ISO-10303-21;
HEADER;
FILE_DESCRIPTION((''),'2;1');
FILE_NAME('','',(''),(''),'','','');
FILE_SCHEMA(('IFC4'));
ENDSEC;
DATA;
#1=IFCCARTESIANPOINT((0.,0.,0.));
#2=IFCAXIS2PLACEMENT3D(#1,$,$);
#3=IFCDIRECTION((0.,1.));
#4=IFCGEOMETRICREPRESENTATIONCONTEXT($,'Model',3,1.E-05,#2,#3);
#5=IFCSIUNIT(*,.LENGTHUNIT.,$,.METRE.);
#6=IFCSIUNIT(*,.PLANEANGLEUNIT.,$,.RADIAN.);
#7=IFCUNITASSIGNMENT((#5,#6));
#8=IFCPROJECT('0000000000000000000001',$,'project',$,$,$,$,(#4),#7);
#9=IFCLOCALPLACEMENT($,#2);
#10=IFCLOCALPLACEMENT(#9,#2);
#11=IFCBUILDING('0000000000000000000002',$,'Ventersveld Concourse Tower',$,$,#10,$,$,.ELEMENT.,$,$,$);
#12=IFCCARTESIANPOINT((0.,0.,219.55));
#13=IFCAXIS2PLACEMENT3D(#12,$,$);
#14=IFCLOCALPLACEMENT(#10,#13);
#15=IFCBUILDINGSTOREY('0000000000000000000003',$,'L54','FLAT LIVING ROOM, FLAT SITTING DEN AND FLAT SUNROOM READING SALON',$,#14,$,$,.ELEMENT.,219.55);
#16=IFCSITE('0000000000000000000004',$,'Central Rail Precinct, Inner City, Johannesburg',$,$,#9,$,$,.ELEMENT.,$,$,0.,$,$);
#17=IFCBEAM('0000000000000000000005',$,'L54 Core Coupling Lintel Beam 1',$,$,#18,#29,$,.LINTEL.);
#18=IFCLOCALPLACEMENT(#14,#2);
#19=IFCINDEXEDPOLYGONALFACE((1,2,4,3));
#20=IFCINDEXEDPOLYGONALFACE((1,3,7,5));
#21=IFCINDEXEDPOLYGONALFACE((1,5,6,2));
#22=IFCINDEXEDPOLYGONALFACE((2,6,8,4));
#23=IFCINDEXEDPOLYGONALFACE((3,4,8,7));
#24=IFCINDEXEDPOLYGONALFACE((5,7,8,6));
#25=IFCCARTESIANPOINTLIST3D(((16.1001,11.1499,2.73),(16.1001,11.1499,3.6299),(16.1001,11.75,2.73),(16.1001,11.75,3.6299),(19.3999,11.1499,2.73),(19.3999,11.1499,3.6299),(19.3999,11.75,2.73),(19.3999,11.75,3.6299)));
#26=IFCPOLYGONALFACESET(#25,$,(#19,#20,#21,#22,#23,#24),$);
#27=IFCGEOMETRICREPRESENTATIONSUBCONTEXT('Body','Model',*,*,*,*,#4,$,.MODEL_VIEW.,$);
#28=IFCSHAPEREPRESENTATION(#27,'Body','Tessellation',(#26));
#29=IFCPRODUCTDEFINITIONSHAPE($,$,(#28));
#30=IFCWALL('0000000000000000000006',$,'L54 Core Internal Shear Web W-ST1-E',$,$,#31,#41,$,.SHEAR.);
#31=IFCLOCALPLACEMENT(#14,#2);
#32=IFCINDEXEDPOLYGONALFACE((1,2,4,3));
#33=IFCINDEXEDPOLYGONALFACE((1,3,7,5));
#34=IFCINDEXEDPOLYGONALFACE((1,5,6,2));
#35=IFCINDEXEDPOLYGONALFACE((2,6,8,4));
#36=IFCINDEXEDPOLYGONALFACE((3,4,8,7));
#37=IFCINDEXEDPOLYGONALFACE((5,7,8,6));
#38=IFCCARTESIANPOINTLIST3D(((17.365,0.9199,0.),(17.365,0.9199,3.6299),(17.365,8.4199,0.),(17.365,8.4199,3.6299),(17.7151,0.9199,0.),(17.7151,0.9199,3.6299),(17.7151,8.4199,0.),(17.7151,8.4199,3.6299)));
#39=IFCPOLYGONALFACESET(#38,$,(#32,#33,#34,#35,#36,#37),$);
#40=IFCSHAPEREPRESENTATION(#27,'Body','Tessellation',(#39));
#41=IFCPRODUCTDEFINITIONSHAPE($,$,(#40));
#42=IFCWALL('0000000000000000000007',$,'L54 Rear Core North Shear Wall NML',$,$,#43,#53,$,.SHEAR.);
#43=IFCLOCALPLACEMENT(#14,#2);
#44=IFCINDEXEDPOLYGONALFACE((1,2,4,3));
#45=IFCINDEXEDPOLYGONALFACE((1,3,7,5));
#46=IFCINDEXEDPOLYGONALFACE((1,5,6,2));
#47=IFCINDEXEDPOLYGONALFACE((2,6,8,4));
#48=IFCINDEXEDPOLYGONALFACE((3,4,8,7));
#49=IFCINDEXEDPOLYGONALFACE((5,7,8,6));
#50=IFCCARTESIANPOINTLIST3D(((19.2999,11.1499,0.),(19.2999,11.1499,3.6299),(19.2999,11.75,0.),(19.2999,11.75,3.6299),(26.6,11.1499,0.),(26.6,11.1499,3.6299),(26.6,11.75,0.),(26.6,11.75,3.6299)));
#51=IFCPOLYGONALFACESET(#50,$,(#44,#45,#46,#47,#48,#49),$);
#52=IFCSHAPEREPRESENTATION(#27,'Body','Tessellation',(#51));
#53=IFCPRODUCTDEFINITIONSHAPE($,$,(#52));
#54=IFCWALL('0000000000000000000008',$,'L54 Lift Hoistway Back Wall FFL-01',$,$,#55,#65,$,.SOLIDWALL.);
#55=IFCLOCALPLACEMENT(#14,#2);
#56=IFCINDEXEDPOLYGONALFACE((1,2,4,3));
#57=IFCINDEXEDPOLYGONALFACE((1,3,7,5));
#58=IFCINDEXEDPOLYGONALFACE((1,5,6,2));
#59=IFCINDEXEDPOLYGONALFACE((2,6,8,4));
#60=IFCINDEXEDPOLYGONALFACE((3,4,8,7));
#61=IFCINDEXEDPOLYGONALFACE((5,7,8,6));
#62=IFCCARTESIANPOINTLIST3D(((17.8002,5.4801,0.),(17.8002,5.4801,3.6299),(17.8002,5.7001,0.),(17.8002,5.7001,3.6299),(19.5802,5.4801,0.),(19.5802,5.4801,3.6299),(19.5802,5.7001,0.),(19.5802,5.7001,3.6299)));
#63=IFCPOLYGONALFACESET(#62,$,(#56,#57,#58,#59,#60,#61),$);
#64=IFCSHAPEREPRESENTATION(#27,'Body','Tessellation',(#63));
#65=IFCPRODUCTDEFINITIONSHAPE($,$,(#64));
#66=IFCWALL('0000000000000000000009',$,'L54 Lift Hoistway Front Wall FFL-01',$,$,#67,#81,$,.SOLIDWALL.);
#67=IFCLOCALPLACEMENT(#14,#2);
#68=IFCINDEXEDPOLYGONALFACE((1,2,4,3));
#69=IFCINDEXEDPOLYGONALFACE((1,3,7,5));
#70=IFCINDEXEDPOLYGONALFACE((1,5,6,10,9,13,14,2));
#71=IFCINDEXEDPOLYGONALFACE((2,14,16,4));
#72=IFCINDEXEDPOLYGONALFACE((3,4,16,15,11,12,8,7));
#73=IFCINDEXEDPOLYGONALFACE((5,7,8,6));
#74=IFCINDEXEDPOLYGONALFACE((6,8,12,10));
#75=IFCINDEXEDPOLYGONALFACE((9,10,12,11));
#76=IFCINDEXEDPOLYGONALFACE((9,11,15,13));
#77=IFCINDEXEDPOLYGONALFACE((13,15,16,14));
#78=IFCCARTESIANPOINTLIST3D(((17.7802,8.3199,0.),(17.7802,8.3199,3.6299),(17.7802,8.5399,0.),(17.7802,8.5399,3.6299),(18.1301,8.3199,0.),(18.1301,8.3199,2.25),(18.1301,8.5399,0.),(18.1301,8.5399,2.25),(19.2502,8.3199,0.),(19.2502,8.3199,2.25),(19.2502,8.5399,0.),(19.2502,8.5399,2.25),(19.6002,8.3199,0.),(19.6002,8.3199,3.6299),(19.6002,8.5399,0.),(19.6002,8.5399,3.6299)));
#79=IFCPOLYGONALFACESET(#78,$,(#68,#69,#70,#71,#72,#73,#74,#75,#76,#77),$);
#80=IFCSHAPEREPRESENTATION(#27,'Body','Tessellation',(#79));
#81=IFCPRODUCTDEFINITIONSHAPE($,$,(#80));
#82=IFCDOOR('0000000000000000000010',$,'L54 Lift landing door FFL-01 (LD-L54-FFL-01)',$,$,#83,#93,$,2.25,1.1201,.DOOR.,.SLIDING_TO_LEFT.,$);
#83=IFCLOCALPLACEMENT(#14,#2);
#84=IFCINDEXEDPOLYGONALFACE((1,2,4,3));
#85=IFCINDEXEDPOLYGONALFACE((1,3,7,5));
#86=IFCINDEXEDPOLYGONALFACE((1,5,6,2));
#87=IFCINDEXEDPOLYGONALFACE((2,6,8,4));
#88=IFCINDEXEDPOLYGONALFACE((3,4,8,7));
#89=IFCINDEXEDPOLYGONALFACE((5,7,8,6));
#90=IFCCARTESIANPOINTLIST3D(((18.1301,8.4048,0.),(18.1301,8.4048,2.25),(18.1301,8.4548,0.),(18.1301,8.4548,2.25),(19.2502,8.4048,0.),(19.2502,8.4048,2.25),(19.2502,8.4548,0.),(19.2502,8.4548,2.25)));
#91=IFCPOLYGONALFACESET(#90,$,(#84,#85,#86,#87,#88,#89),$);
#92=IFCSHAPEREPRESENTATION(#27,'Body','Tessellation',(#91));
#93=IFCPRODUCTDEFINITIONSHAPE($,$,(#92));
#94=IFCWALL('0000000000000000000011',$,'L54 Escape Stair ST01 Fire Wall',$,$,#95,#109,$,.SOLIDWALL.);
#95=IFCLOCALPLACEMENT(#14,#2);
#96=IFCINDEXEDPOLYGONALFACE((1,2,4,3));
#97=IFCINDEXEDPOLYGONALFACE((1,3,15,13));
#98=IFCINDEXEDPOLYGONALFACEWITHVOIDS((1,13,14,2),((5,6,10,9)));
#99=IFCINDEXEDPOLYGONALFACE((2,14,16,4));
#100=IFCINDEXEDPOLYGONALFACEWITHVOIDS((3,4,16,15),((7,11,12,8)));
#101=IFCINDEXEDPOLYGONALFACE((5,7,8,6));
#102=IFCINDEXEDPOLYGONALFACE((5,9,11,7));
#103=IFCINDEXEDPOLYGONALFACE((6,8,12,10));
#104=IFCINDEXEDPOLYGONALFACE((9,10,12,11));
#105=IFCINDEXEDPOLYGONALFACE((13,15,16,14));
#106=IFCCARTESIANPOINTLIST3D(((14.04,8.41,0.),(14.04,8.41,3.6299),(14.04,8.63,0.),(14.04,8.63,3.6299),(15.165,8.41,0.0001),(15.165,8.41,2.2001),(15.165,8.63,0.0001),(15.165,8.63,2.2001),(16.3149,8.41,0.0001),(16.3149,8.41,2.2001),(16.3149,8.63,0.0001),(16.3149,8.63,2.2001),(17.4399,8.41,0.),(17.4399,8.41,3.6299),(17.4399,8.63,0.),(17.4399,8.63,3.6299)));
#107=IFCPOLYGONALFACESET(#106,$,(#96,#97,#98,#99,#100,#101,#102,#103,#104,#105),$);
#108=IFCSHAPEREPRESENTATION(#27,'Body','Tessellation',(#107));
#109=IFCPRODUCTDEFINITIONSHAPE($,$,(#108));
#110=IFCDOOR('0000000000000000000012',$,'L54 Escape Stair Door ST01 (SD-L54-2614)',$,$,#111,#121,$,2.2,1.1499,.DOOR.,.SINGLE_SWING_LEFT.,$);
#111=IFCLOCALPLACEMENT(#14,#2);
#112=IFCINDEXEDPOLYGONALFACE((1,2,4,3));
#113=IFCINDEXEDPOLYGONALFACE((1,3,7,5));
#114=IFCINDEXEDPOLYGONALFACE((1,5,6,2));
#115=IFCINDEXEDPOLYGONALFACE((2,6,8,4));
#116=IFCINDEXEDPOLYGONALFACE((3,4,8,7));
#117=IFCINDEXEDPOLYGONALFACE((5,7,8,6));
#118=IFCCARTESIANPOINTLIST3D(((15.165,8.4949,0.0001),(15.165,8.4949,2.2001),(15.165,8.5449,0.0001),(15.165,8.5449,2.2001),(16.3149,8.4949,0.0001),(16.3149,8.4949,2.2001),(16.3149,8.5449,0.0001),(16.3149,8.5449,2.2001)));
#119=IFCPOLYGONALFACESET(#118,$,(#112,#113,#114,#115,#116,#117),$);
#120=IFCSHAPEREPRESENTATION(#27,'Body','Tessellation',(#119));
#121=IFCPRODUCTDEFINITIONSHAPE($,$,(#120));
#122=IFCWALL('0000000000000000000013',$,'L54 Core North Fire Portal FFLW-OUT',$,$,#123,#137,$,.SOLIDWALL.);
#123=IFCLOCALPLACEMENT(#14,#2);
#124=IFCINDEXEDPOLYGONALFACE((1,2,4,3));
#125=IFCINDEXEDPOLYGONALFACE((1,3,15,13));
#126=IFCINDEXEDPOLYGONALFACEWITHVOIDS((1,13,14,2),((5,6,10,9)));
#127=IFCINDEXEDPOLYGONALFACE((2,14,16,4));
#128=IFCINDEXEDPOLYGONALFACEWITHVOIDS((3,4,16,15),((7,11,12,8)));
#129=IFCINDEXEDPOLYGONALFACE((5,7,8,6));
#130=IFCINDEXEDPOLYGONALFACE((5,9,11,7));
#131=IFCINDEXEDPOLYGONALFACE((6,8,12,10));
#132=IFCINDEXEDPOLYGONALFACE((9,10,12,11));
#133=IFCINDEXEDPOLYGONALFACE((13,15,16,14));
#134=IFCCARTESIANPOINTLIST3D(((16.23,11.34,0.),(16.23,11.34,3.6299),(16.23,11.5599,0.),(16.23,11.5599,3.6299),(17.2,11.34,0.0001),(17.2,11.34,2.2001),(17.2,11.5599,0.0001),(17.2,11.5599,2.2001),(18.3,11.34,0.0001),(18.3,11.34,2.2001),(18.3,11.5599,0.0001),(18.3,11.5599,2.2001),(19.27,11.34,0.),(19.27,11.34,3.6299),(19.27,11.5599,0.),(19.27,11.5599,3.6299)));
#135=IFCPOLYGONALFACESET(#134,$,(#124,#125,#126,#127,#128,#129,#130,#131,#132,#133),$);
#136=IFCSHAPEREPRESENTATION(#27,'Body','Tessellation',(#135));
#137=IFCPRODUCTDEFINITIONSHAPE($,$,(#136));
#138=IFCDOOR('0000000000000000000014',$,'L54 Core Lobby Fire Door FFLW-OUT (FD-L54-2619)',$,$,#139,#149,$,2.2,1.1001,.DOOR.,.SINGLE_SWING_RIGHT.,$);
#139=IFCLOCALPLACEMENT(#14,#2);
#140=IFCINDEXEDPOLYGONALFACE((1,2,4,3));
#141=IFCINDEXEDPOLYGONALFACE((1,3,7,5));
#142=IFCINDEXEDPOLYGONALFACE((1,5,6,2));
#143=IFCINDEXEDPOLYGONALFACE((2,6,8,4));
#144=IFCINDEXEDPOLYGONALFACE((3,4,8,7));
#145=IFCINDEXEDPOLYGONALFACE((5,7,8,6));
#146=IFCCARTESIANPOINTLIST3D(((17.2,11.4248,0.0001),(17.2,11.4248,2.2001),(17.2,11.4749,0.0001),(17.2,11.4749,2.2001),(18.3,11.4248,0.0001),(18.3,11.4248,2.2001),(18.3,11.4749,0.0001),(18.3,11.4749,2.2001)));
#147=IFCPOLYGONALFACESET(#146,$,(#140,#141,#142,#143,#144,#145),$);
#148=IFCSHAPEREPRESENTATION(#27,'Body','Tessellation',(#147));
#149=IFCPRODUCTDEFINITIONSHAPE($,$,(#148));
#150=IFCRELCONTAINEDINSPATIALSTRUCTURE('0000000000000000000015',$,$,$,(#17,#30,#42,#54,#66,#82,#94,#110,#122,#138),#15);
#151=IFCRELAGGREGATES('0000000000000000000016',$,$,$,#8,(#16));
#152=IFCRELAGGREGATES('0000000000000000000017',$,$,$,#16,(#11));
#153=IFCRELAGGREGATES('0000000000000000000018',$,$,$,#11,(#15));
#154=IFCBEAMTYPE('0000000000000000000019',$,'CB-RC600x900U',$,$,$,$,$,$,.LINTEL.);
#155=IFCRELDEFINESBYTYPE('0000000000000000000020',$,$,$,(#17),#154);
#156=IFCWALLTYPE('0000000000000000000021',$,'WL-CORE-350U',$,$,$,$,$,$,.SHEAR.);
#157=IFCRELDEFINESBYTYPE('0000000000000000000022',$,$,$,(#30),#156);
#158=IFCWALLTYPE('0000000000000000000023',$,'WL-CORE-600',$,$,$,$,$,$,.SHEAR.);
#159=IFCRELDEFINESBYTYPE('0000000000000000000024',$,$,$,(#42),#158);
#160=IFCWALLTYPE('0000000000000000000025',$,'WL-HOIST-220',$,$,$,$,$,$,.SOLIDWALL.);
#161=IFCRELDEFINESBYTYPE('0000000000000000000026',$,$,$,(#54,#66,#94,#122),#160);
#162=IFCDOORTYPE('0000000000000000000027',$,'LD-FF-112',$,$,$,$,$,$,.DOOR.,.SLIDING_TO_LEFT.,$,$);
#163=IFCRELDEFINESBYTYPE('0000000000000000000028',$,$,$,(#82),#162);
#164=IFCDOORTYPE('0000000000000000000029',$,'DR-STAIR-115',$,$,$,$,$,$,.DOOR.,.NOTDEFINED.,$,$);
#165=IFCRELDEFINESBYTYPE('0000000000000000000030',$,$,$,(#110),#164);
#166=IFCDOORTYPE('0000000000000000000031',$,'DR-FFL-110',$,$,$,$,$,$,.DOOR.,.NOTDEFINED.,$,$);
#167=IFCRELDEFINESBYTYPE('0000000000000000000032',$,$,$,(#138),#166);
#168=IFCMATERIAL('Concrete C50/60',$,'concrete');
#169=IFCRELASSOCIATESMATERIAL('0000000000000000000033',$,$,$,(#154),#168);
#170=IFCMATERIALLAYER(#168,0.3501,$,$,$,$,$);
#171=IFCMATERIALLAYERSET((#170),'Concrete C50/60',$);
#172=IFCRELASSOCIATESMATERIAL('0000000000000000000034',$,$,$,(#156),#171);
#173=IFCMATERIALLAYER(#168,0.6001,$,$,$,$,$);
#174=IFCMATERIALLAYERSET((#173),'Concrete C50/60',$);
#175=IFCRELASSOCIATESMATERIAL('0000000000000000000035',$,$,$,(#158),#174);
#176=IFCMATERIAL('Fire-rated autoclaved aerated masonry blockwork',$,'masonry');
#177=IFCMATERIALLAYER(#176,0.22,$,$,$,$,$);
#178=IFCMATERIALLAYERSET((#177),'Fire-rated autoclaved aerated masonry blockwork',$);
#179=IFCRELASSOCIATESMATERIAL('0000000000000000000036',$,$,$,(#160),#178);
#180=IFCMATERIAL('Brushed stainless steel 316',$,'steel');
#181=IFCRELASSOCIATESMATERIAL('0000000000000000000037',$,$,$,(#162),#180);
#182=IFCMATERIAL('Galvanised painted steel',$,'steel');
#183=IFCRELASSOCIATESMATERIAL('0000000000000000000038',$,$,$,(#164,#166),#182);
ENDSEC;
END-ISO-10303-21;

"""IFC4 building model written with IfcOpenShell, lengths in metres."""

from ifc_helpers import new_model, si_unit, direction, frame, frame_2d, origin, origin_2d, place, context, subcontext, project, spatial, rectangle, extrude, material, layer, layer_set, material_profile, profile_set, type_object, element, fill, save


model = new_model("IFC4")

# Units and contexts
model_context = context("Model", 3, precision=1e-05, world=origin(), true_north=direction((0.0, 1.0)))
body_context = subcontext(model_context, "Body", "Model", "MODEL_VIEW")
ifc_project = project(units=[si_unit("LENGTHUNIT", "METRE"), si_unit("PLANEANGLEUNIT", "RADIAN")], contexts=[model_context])

# Site, building, storey
site_placement = place(None, origin())
site = spatial("IfcSite", under=ifc_project, at=site_placement, Name="Central Rail Precinct, Inner City, Johannesburg", CompositionType="ELEMENT", RefElevation=0.0)
building_placement = place(site_placement, origin())
building = spatial("IfcBuilding", under=site, at=building_placement, Name="Ventersveld Concourse Tower", CompositionType="ELEMENT")
storey_placement = place(building_placement, frame((0.0, 0.0, 219.55)))
storey = spatial("IfcBuildingStorey", under=building, at=storey_placement, Name="L54", Description="FLAT LIVING ROOM, FLAT SITTING DEN AND FLAT SUNROOM READING SALON", CompositionType="ELEMENT", Elevation=219.55)

# Beam
ifc_material_1 = material(Name="Concrete C50/60", Category="concrete")
ifc_material_profile = material_profile(ifc_material_1, rectangle(XDim=0.6001, YDim=0.8999, at=origin_2d()), Name="RC 600x900")
ifc_profile_set = profile_set([ifc_material_profile], Name="Concrete C50/60")
beam_type = type_object("IfcBeamType", Name="CB-RC600x900U", PredefinedType="LINTEL", material=ifc_profile_set)
beam_placement = place(storey_placement, frame((16.1001, 11.45, 3.1799), z_axis=(1.0, 0.0, 0.0), x_axis=(0.0, 1.0, 0.0)))
element("IfcBeam", 1, at=beam_placement, inside=storey, type_object=beam_type, Name="L54 Core Coupling Lintel Beam 1", PredefinedType="LINTEL", context=body_context, shape_type="SweptSolid", body=[
    extrude(rectangle(XDim=0.6001, YDim=0.8999, at=origin_2d()), origin(), (0.0, 0.0, 1.0), 3.2998),
])

# Walls
ifc_layer_1 = layer(ifc_material_1, 0.3501)
ifc_layer_set_1 = layer_set([ifc_layer_1], Name="Concrete C50/60")
wall_type_1 = type_object("IfcWallType", Name="WL-CORE-350U", PredefinedType="SHEAR", material=ifc_layer_set_1)
wall_1_placement = place(storey_placement, frame((17.54, 0.9199, 0.0), z_axis=(0.0, 0.0, 1.0), x_axis=(0.0, 1.0, 0.0)))
element("IfcWall", 2, at=wall_1_placement, inside=storey, type_object=wall_type_1, Name="L54 Core Internal Shear Web W-ST1-E", PredefinedType="SHEAR", context=body_context, shape_type="SweptSolid", body=[
    extrude(rectangle(XDim=7.5, YDim=0.3501, at=frame_2d((3.75, 0.0))), origin(), (0.0, 0.0, 1.0), 3.6299),
])
ifc_layer_2 = layer(ifc_material_1, 0.6001)
ifc_layer_set_2 = layer_set([ifc_layer_2], Name="Concrete C50/60")
wall_type_2 = type_object("IfcWallType", Name="WL-CORE-600", PredefinedType="SHEAR", material=ifc_layer_set_2)
wall_2_placement = place(storey_placement, frame((19.3, 11.45, 0.0), z_axis=(0.0, 0.0, 1.0), x_axis=(1.0, 0.0, 0.0)))
element("IfcWall", 3, at=wall_2_placement, inside=storey, type_object=wall_type_2, Name="L54 Rear Core North Shear Wall NML", PredefinedType="SHEAR", context=body_context, shape_type="SweptSolid", body=[
    extrude(rectangle(XDim=7.3, YDim=0.6001, at=frame_2d((3.6499, 0.0))), origin(), (0.0, 0.0, 1.0), 3.6299),
])
ifc_material_2 = material(Name="Fire-rated autoclaved aerated masonry blockwork", Category="masonry")
ifc_layer_3 = layer(ifc_material_2, 0.22)
ifc_layer_set_3 = layer_set([ifc_layer_3], Name="Fire-rated autoclaved aerated masonry blockwork")
wall_type_3 = type_object("IfcWallType", Name="WL-HOIST-220", PredefinedType="SOLIDWALL", material=ifc_layer_set_3)
wall_3_placement = place(storey_placement, frame((17.8, 5.5901, 0.0), z_axis=(0.0, 0.0, 1.0), x_axis=(1.0, 0.0, 0.0)))
element("IfcWall", 4, at=wall_3_placement, inside=storey, type_object=wall_type_3, Name="L54 Lift Hoistway Back Wall FFL-01", PredefinedType="SOLIDWALL", context=body_context, shape_type="SweptSolid", body=[
    extrude(rectangle(XDim=1.78, YDim=0.22, at=frame_2d((0.8901, 0.0))), origin(), (0.0, 0.0, 1.0), 3.6299),
])

# Walls, openings, doors
wall_4_placement = place(storey_placement, frame((17.78, 8.4299, 0.0), z_axis=(0.0, 0.0, 1.0), x_axis=(1.0, 0.0, 0.0)))
wall_4 = element("IfcWall", 5, at=wall_4_placement, inside=storey, type_object=wall_type_3, Name="L54 Lift Hoistway Front Wall FFL-01", PredefinedType="SOLIDWALL", context=body_context, shape_type="SweptSolid", body=[
    extrude(rectangle(XDim=1.8201, YDim=0.22, at=frame_2d((0.9102, 0.0))), origin(), (0.0, 0.0, 1.0), 3.6299),
])
opening_1_placement = place(wall_4_placement, frame((0.3501, 0.0, 0.0)))
opening_1 = element("IfcOpeningElement", 6, at=opening_1_placement, cuts=wall_4, PredefinedType="OPENING", context=body_context, shape_type="SweptSolid", body=[
    extrude(rectangle(XDim=1.1201, YDim=2.25, at=frame_2d((0.5601, 1.125))), frame((0.0, 0.1201, 0.0), z_axis=(0.0, -1.0, 0.0), x_axis=(1.0, 0.0, 0.0)), (0.0, 0.0, 1.0), 0.24),
])
ifc_material_3 = material(Name="Brushed stainless steel 316", Category="steel")
door_type_1 = type_object("IfcDoorType", Name="LD-FF-112", OperationType="SLIDING_TO_LEFT", PredefinedType="DOOR", material=ifc_material_3)
door_1_placement = place(opening_1_placement, origin())
door_1 = element("IfcDoor", 7, at=door_1_placement, inside=storey, type_object=door_type_1, Name="L54 Lift landing door FFL-01 (LD-L54-FFL-01)", OperationType="SLIDING_TO_LEFT", OverallHeight=2.25, OverallWidth=1.1201, PredefinedType="DOOR", context=body_context, shape_type="SweptSolid", body=[
    extrude(rectangle(XDim=1.1201, YDim=2.25, at=frame_2d((0.5601, 1.125))), frame((0.0, 0.0249, 0.0), z_axis=(0.0, -1.0, 0.0), x_axis=(1.0, 0.0, 0.0)), (0.0, 0.0, 1.0), 0.05),
])
fill(opening_1, door_1)
wall_5_placement = place(storey_placement, frame((14.04, 8.52, 0.0), z_axis=(0.0, 0.0, 1.0), x_axis=(1.0, 0.0, 0.0)))
wall_5 = element("IfcWall", 8, at=wall_5_placement, inside=storey, type_object=wall_type_3, Name="L54 Escape Stair ST01 Fire Wall", PredefinedType="SOLIDWALL", context=body_context, shape_type="SweptSolid", body=[
    extrude(rectangle(XDim=3.3999, YDim=0.22, at=frame_2d((1.7, 0.0))), origin(), (0.0, 0.0, 1.0), 3.6299),
])
opening_2_placement = place(wall_5_placement, frame((1.125, 0.0, 0.0)))
opening_2 = element("IfcOpeningElement", 9, at=opening_2_placement, cuts=wall_5, PredefinedType="OPENING", context=body_context, shape_type="SweptSolid", body=[
    extrude(rectangle(XDim=1.1499, YDim=2.2, at=frame_2d((0.575, 1.1001))), frame((0.0, 0.1201, 0.0), z_axis=(0.0, -1.0, 0.0), x_axis=(1.0, 0.0, 0.0)), (0.0, 0.0, 1.0), 0.24),
])
ifc_material_4 = material(Name="Galvanised painted steel", Category="steel")
door_type_2 = type_object("IfcDoorType", Name="DR-STAIR-115", OperationType="NOTDEFINED", PredefinedType="DOOR", material=ifc_material_4)
door_2_placement = place(opening_2_placement, origin())
door_2 = element("IfcDoor", 10, at=door_2_placement, inside=storey, type_object=door_type_2, Name="L54 Escape Stair Door ST01 (SD-L54-2614)", OperationType="SINGLE_SWING_LEFT", OverallHeight=2.2, OverallWidth=1.1499, PredefinedType="DOOR", context=body_context, shape_type="SweptSolid", body=[
    extrude(rectangle(XDim=1.1499, YDim=2.2, at=frame_2d((0.575, 1.1001))), frame((0.0, 0.0249, 0.0), z_axis=(0.0, -1.0, 0.0), x_axis=(1.0, 0.0, 0.0)), (0.0, 0.0, 1.0), 0.05),
])
fill(opening_2, door_2)
wall_6_placement = place(storey_placement, frame((16.23, 11.45, 0.0), z_axis=(0.0, 0.0, 1.0), x_axis=(1.0, 0.0, 0.0)))
wall_6 = element("IfcWall", 11, at=wall_6_placement, inside=storey, type_object=wall_type_3, Name="L54 Core North Fire Portal FFLW-OUT", PredefinedType="SOLIDWALL", context=body_context, shape_type="SweptSolid", body=[
    extrude(rectangle(XDim=3.04, YDim=0.22, at=frame_2d((1.52, 0.0))), origin(), (0.0, 0.0, 1.0), 3.6299),
])
opening_3_placement = place(wall_6_placement, frame((0.97, 0.0, 0.0)))
opening_3 = element("IfcOpeningElement", 12, at=opening_3_placement, cuts=wall_6, PredefinedType="OPENING", context=body_context, shape_type="SweptSolid", body=[
    extrude(rectangle(XDim=1.1001, YDim=2.2, at=frame_2d((0.55, 1.1001))), frame((0.0, 0.1201, 0.0), z_axis=(0.0, -1.0, 0.0), x_axis=(1.0, 0.0, 0.0)), (0.0, 0.0, 1.0), 0.24),
])
door_type_3 = type_object("IfcDoorType", Name="DR-FFL-110", OperationType="NOTDEFINED", PredefinedType="DOOR", material=ifc_material_4)
door_3_placement = place(opening_3_placement, origin())
door_3 = element("IfcDoor", 13, at=door_3_placement, inside=storey, type_object=door_type_3, Name="L54 Core Lobby Fire Door FFLW-OUT (FD-L54-2619)", OperationType="SINGLE_SWING_RIGHT", OverallHeight=2.2, OverallWidth=1.1001, PredefinedType="DOOR", context=body_context, shape_type="SweptSolid", body=[
    extrude(rectangle(XDim=1.1001, YDim=2.2, at=frame_2d((0.55, 1.1001))), frame((0.0, 0.0249, 0.0), z_axis=(0.0, -1.0, 0.0), x_axis=(1.0, 0.0, 0.0)), (0.0, 0.0, 1.0), 0.05),
])
fill(opening_3, door_3)

save(model, "model.ifc")
